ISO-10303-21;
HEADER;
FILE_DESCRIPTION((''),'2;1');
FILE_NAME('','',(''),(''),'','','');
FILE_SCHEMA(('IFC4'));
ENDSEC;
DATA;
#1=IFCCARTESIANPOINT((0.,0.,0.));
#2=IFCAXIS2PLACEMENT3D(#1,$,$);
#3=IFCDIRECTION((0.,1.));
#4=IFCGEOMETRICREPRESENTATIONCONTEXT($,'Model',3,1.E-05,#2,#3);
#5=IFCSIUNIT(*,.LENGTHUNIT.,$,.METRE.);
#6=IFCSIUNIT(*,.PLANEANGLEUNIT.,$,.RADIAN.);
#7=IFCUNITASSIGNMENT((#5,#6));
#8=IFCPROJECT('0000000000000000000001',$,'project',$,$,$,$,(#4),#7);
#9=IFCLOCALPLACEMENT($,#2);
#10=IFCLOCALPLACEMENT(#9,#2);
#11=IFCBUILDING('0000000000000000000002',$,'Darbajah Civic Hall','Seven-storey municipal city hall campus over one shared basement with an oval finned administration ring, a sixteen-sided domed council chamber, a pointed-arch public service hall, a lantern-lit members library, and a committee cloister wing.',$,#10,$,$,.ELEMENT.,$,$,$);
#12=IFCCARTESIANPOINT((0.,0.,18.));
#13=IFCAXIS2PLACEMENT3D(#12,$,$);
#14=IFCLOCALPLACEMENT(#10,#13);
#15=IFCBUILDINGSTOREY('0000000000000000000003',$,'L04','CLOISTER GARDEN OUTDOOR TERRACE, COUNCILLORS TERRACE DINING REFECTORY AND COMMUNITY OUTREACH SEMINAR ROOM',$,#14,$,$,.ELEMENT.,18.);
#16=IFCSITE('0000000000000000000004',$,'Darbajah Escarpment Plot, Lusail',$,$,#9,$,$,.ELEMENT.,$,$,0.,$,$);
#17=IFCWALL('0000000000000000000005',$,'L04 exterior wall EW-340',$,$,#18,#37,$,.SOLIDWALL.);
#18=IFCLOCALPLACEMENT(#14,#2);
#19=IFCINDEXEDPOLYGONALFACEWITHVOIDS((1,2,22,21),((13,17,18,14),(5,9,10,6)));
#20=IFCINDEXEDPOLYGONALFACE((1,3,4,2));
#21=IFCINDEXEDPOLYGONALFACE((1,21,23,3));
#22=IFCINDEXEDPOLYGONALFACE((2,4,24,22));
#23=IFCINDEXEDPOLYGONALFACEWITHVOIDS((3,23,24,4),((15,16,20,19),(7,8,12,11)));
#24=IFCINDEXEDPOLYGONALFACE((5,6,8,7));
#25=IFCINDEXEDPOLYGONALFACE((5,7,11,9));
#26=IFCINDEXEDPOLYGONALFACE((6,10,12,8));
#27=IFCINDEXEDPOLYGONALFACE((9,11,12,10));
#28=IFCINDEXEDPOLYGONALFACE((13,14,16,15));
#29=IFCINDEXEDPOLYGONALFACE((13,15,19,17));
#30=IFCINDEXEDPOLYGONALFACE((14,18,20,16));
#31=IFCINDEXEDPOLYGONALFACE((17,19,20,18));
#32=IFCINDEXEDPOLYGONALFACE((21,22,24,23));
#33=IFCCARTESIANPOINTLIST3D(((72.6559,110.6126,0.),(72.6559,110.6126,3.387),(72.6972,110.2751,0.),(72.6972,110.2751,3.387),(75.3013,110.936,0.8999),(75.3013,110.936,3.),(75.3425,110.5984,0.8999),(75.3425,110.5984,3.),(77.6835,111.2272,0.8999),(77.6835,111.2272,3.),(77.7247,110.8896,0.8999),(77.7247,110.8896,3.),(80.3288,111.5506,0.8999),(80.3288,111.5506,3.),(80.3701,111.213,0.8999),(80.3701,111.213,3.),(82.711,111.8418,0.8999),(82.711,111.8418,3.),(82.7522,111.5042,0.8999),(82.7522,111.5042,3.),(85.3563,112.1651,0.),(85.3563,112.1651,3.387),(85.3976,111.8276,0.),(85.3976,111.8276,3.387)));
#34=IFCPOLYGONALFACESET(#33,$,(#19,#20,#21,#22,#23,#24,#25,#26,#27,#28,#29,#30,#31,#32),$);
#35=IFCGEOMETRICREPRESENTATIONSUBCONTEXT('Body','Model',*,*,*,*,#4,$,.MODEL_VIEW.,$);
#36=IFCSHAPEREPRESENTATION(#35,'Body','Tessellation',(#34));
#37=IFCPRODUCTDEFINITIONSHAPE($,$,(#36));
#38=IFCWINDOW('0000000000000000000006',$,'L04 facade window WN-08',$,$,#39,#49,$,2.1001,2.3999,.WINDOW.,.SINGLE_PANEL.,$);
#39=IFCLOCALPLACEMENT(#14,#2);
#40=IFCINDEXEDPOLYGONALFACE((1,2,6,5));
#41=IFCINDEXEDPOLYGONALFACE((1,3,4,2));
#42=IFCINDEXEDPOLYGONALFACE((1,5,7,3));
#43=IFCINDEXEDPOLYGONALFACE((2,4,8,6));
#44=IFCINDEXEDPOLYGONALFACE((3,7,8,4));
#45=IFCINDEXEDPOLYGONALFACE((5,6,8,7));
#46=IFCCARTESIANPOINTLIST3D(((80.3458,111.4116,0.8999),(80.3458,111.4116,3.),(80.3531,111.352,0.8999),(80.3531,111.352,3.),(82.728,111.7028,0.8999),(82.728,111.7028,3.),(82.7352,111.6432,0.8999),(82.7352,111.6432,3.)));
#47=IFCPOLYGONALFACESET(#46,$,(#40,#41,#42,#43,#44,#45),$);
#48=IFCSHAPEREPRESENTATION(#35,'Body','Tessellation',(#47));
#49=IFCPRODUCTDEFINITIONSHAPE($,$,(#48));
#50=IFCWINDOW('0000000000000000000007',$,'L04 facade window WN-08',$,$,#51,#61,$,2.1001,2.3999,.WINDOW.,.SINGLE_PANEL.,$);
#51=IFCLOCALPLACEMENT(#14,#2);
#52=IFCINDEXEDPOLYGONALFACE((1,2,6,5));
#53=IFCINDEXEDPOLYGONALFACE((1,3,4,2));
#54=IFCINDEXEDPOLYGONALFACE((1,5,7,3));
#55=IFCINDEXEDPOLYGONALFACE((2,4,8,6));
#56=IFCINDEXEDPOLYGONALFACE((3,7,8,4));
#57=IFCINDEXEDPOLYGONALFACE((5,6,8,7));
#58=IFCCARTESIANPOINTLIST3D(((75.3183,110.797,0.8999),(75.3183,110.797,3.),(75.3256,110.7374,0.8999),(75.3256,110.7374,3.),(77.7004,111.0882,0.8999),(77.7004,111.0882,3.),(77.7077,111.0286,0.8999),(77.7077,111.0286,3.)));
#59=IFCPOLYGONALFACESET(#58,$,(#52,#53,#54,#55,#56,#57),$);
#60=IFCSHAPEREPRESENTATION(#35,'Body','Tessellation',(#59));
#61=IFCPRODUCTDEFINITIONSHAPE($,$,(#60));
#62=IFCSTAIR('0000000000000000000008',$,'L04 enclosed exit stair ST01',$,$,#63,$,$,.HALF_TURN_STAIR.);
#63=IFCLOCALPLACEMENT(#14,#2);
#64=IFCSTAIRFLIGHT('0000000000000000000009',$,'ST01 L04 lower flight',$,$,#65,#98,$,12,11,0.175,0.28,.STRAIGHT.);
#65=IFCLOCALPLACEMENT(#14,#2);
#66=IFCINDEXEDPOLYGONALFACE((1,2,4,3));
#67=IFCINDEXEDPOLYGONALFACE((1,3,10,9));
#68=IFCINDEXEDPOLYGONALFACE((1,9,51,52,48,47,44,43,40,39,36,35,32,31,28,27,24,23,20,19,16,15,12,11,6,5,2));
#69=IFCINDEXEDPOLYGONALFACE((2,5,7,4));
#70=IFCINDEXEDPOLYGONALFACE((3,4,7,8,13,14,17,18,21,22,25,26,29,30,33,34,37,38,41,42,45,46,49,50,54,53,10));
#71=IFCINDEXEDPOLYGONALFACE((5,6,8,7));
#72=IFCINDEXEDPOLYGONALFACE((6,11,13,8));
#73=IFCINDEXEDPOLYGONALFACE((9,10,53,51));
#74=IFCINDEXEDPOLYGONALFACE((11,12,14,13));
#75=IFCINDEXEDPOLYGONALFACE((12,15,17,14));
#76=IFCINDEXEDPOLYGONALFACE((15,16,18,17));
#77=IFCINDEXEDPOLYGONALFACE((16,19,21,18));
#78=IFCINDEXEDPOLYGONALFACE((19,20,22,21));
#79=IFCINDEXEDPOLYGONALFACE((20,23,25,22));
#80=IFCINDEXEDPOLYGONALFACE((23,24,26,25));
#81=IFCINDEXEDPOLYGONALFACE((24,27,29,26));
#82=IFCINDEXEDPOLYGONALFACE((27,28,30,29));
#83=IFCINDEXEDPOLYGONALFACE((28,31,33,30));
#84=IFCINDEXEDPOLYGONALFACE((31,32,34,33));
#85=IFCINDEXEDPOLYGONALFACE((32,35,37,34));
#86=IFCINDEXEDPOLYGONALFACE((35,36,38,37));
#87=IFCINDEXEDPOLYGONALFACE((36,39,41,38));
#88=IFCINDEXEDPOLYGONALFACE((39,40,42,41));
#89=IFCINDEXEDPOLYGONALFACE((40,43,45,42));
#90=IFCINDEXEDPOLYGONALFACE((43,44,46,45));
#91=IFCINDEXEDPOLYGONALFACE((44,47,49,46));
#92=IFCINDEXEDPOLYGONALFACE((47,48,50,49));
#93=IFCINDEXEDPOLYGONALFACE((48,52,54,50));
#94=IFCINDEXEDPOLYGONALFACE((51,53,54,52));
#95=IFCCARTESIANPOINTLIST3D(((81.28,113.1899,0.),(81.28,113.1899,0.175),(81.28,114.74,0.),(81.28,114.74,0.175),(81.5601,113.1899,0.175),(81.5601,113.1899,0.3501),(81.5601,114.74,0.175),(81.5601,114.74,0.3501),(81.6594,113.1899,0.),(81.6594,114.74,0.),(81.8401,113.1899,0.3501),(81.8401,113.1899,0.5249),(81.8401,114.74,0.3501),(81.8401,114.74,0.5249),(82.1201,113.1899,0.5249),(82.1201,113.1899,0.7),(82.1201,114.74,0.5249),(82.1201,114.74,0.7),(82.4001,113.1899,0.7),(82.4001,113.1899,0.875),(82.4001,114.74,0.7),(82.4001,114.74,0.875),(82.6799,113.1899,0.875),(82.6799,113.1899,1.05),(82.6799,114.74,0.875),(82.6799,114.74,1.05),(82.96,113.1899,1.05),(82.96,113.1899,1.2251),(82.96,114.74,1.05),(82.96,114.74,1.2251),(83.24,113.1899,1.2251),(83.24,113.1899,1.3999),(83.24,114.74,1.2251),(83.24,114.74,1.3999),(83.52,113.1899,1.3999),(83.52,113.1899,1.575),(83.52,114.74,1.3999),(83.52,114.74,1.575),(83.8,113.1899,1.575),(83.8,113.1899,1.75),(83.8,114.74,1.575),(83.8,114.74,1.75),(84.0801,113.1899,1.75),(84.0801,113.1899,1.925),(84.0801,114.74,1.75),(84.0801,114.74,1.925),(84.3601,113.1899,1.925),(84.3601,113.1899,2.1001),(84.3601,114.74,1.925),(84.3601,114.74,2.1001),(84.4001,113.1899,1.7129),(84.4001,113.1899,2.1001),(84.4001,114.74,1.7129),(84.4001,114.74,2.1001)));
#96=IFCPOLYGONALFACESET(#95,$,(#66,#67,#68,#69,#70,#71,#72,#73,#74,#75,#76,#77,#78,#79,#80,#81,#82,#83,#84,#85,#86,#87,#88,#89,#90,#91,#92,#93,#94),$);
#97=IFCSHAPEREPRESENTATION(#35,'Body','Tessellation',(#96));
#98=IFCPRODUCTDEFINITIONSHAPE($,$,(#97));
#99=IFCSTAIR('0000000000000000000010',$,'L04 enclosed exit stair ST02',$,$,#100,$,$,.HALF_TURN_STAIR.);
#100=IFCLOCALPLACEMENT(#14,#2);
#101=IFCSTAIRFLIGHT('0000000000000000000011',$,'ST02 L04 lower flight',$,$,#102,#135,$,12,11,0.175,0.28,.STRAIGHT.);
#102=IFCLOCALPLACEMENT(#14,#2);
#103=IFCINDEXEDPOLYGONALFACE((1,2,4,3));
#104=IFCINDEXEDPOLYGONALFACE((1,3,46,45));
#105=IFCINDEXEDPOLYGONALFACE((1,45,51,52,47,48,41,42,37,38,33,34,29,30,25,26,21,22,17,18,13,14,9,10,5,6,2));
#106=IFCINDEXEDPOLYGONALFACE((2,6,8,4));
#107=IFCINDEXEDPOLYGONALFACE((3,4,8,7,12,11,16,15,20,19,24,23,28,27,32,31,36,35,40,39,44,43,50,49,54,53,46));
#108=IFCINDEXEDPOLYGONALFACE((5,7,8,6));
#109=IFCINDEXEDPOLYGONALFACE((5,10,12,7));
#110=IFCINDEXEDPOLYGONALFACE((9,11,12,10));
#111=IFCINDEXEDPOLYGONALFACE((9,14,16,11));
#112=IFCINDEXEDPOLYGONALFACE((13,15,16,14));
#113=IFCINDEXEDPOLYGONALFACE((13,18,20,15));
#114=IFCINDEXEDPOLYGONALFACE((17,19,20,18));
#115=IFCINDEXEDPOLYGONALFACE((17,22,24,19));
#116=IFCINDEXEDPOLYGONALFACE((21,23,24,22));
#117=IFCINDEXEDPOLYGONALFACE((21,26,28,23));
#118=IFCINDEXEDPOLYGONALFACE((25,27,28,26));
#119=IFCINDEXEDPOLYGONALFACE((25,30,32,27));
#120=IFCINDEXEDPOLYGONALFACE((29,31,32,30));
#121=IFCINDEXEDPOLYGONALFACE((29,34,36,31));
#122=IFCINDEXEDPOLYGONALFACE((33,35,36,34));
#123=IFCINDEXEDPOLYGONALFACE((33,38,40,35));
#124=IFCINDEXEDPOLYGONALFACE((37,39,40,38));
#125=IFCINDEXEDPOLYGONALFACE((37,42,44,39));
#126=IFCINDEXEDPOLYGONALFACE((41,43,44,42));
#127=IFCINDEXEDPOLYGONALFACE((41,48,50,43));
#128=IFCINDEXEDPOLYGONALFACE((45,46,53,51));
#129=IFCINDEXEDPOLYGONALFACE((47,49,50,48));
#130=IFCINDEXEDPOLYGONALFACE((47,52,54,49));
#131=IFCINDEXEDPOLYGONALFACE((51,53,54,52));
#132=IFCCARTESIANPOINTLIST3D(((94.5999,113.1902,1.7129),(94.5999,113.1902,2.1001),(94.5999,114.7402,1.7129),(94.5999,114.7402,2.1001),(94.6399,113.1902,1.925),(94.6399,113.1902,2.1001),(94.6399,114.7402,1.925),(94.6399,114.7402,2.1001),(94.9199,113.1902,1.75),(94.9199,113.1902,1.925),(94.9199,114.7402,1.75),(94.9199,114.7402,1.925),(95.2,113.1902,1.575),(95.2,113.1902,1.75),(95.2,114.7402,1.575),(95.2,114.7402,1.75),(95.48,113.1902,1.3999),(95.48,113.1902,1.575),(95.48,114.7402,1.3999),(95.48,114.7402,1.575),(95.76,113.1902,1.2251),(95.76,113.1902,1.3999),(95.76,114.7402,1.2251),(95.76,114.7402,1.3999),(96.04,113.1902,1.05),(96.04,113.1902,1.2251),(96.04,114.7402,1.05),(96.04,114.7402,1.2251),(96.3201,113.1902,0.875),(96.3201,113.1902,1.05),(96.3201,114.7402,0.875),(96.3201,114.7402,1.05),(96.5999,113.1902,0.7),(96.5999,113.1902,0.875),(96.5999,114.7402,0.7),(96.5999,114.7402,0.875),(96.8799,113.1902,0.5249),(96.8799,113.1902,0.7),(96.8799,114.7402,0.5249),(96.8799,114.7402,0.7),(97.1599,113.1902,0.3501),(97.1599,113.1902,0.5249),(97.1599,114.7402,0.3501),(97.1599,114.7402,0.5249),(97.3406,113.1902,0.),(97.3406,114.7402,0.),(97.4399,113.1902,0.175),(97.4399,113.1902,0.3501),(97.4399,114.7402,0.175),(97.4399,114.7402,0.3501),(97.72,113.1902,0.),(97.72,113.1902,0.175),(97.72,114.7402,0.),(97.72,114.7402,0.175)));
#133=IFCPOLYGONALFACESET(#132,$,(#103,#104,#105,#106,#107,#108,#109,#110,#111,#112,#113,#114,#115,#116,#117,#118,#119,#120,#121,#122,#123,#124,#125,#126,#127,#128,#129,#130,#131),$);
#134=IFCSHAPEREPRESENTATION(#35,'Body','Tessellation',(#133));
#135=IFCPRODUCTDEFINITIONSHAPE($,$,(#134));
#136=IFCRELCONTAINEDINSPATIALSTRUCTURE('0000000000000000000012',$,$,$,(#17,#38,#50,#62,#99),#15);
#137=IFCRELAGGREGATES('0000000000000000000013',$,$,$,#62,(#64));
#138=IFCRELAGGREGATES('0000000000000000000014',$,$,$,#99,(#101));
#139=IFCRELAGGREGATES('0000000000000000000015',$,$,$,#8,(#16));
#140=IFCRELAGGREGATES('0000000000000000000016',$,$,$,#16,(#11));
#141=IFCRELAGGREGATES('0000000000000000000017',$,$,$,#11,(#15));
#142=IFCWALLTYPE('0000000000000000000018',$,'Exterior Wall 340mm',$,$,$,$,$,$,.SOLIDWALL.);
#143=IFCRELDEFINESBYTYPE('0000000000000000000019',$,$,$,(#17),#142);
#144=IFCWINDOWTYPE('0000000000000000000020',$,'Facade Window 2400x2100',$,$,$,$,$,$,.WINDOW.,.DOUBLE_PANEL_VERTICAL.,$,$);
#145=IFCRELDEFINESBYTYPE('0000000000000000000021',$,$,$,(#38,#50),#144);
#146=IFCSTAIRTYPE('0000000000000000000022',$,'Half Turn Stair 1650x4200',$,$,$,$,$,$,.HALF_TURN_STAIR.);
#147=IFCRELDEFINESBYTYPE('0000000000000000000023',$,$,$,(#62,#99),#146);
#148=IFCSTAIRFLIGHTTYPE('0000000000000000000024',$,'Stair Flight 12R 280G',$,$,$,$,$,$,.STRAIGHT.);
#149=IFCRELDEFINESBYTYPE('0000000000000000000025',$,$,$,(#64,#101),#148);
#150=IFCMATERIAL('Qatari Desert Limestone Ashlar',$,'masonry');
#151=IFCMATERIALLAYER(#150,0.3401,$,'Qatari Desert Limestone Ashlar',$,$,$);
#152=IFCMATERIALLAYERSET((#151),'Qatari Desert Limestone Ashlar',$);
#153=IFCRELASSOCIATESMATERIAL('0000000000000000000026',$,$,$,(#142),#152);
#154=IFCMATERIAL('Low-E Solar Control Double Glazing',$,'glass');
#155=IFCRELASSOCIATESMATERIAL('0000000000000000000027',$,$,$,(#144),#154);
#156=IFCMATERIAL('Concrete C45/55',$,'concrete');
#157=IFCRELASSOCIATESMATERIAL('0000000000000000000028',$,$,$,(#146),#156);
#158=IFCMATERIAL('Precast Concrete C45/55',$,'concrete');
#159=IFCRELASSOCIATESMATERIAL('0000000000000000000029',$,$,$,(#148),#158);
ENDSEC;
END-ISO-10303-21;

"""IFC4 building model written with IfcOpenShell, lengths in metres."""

from ifc_helpers import new_model, si_unit, direction, frame, frame_2d, origin, place, context, subcontext, project, spatial, polyline, rectangle, outline, extrude, material, layer, layer_set, type_object, element, fill, aggregate, save


model = new_model("IFC4")

# Units and contexts
model_context = context("Model", 3, precision=1e-05, world=origin(), true_north=direction((0.0, 1.0)))
body_context = subcontext(model_context, "Body", "Model", "MODEL_VIEW")
ifc_project = project(units=[si_unit("LENGTHUNIT", "METRE"), si_unit("PLANEANGLEUNIT", "RADIAN")], contexts=[model_context])

# Site, building, storey
site_placement = place(None, origin())
site = spatial("IfcSite", under=ifc_project, at=site_placement, Name="Darbajah Escarpment Plot, Lusail", CompositionType="ELEMENT", RefElevation=0.0)
building_placement = place(site_placement, origin())
building = spatial("IfcBuilding", under=site, at=building_placement, Name="Darbajah Civic Hall", Description="Seven-storey municipal city hall campus over one shared basement with an oval finned administration ring, a sixteen-sided domed council chamber, a pointed-arch public service hall, a lantern-lit members library, and a committee cloister wing.", CompositionType="ELEMENT")
storey_placement = place(building_placement, frame((0.0, 0.0, 18.0)))
storey = spatial("IfcBuildingStorey", under=building, at=storey_placement, Name="L04", Description="CLOISTER GARDEN OUTDOOR TERRACE, COUNCILLORS TERRACE DINING REFECTORY AND COMMUNITY OUTREACH SEMINAR ROOM", CompositionType="ELEMENT", Elevation=18.0)

# Shared definitions
ifc_material_1 = material(Name="Concrete C45/55", Category="concrete")

# Wall, openings, windows
ifc_material_2 = material(Name="Qatari Desert Limestone Ashlar", Category="masonry")
ifc_layer_1 = layer(ifc_material_2, 0.3401, Name="Qatari Desert Limestone Ashlar")
ifc_layer_set_1 = layer_set([ifc_layer_1], Name="Qatari Desert Limestone Ashlar")
wall_type_1 = type_object("IfcWallType", Name="Exterior Wall 340mm", PredefinedType="SOLIDWALL", material=ifc_layer_set_1)
ifc_material_3 = material(Name="Low-E Solar Control Double Glazing", Category="glass")
wall_1_placement = place(storey_placement, frame((85.377, 111.9963, 0.0), z_axis=(0.0, 0.0, 1.0), x_axis=(-0.992612, -0.121336, 0.0)))
wall_1 = element("IfcWall", 1, at=wall_1_placement, inside=storey, type_object=wall_type_1, Name="L04 exterior wall EW-340", PredefinedType="SOLIDWALL", context=body_context, shape_type="SweptSolid", body=[
    extrude(rectangle(XDim=12.7949, YDim=0.3401, at=frame_2d((6.3975, 0.0))), origin(), (0.0, 0.0, 1.0), 3.387),
])
opening_1_placement = place(wall_1_placement, frame((2.665, 0.0, 0.8999)))
opening_1 = element("IfcOpeningElement", 2, at=opening_1_placement, cuts=wall_1, PredefinedType="OPENING", context=body_context, shape_type="SweptSolid", body=[
    extrude(rectangle(XDim=2.3999, YDim=2.1001, at=frame_2d((1.2, 1.05))), frame((0.0, 0.1799, 0.0), z_axis=(0.0, -1.0, 0.0), x_axis=(1.0, 0.0, 0.0)), (0.0, 0.0, 1.0), 0.3601),
])
opening_2_placement = place(wall_1_placement, frame((7.73, 0.0, 0.8999)))
opening_2 = element("IfcOpeningElement", 3, at=opening_2_placement, cuts=wall_1, PredefinedType="OPENING", context=body_context, shape_type="SweptSolid", body=[
    extrude(rectangle(XDim=2.3999, YDim=2.1001, at=frame_2d((1.2, 1.05))), frame((0.0, 0.1799, 0.0), z_axis=(0.0, -1.0, 0.0), x_axis=(1.0, 0.0, 0.0)), (0.0, 0.0, 1.0), 0.3601),
])
window_type_1 = type_object("IfcWindowType", Name="Facade Window 2400x2100", PartitioningType="DOUBLE_PANEL_VERTICAL", PredefinedType="WINDOW", material=ifc_material_3)
window_1_placement = place(opening_1_placement, origin())
window_1 = element("IfcWindow", 4, at=window_1_placement, inside=storey, type_object=window_type_1, Name="L04 facade window WN-08", OverallHeight=2.1001, OverallWidth=2.3999, PartitioningType="SINGLE_PANEL", PredefinedType="WINDOW", context=body_context, shape_type="SweptSolid", body=[
    extrude(rectangle(XDim=2.3999, YDim=2.1001, at=frame_2d((1.2, 1.05))), frame((0.0, 0.03, 0.0), z_axis=(0.0, -1.0, 0.0), x_axis=(1.0, 0.0, 0.0)), (0.0, 0.0, 1.0), 0.0601),
])
fill(opening_1, window_1)
window_2_placement = place(opening_2_placement, origin())
window_2 = element("IfcWindow", 5, at=window_2_placement, inside=storey, type_object=window_type_1, Name="L04 facade window WN-08", OverallHeight=2.1001, OverallWidth=2.3999, PartitioningType="SINGLE_PANEL", PredefinedType="WINDOW", context=body_context, shape_type="SweptSolid", body=[
    extrude(rectangle(XDim=2.3999, YDim=2.1001, at=frame_2d((1.2, 1.05))), frame((0.0, 0.03, 0.0), z_axis=(0.0, -1.0, 0.0), x_axis=(1.0, 0.0, 0.0)), (0.0, 0.0, 1.0), 0.0601),
])
fill(opening_2, window_2)

# Stairs, stair flights
stair_type = type_object("IfcStairType", Name="Half Turn Stair 1650x4200", PredefinedType="HALF_TURN_STAIR", material=ifc_material_1)
stair_1_placement = place(storey_placement, origin())
stair_1 = element("IfcStair", 6, at=stair_1_placement, inside=storey, type_object=stair_type, Name="L04 enclosed exit stair ST01", PredefinedType="HALF_TURN_STAIR")
ifc_material_4 = material(Name="Precast Concrete C45/55", Category="concrete")
stair_flight_type = type_object("IfcStairFlightType", Name="Stair Flight 12R 280G", PredefinedType="STRAIGHT", material=ifc_material_4)
stair_flight_1_placement = place(storey_placement, frame((81.28, 113.9651, 0.0), z_axis=(0.0, 0.0, 1.0), x_axis=(1.0, 0.0, 0.0)))
stair_flight_1 = element("IfcStairFlight", 7, at=stair_flight_1_placement, type_object=stair_flight_type, Name="ST01 L04 lower flight", NumberOfRisers=12, NumberOfTreads=11, PredefinedType="STRAIGHT", RiserHeight=0.175, TreadLength=0.28, context=body_context, shape_type="SweptSolid", body=[
    extrude(outline(polyline([(0.0, 0.0), (0.0, 0.175), (0.28, 0.175), (0.28, 0.3501), (0.5601, 0.3501), (0.5601, 0.5249), (0.8401, 0.5249), (0.8401, 0.7), (1.1201, 0.7), (1.1201, 0.875), (1.3999, 0.875), (1.3999, 1.05), (1.6799, 1.05), (1.6799, 1.2251), (1.96, 1.2251), (1.96, 1.3999), (2.24, 1.3999), (2.24, 1.575), (2.52, 1.575), (2.52, 1.75), (2.8, 1.75), (2.8, 1.925), (3.0801, 1.925), (3.0801, 2.1001), (3.1201, 2.1001), (3.1201, 1.7129), (0.3794, 0.0), (0.0, 0.0)])), frame((0.0, 0.7749, 0.0), z_axis=(0.0, -1.0, 0.0), x_axis=(1.0, 0.0, 0.0)), (0.0, 0.0, 1.0), 1.55),
])
aggregate(stair_1, [stair_flight_1])
stair_2_placement = place(storey_placement, origin())
stair_2 = element("IfcStair", 8, at=stair_2_placement, inside=storey, type_object=stair_type, Name="L04 enclosed exit stair ST02", PredefinedType="HALF_TURN_STAIR")
stair_flight_2_placement = place(storey_placement, frame((97.72, 113.9651, 0.0), z_axis=(0.0, 0.0, 1.0), x_axis=(-1.0, 0.0, 0.0)))
stair_flight_2 = element("IfcStairFlight", 9, at=stair_flight_2_placement, type_object=stair_flight_type, Name="ST02 L04 lower flight", NumberOfRisers=12, NumberOfTreads=11, PredefinedType="STRAIGHT", RiserHeight=0.175, TreadLength=0.28, context=body_context, shape_type="SweptSolid", body=[
    extrude(outline(polyline([(0.0, 0.0), (0.0, 0.175), (0.28, 0.175), (0.28, 0.3501), (0.5601, 0.3501), (0.5601, 0.5249), (0.8401, 0.5249), (0.8401, 0.7), (1.1201, 0.7), (1.1201, 0.875), (1.3999, 0.875), (1.3999, 1.05), (1.6799, 1.05), (1.6799, 1.2251), (1.96, 1.2251), (1.96, 1.3999), (2.24, 1.3999), (2.24, 1.575), (2.52, 1.575), (2.52, 1.75), (2.8, 1.75), (2.8, 1.925), (3.0801, 1.925), (3.0801, 2.1001), (3.1201, 2.1001), (3.1201, 1.7129), (0.3794, 0.0), (0.0, 0.0)])), frame((0.0, 0.7749, 0.0), z_axis=(0.0, -1.0, 0.0), x_axis=(1.0, 0.0, 0.0)), (0.0, 0.0, 1.0), 1.55),
])
aggregate(stair_2, [stair_flight_2])

save(model, "model.ifc")
